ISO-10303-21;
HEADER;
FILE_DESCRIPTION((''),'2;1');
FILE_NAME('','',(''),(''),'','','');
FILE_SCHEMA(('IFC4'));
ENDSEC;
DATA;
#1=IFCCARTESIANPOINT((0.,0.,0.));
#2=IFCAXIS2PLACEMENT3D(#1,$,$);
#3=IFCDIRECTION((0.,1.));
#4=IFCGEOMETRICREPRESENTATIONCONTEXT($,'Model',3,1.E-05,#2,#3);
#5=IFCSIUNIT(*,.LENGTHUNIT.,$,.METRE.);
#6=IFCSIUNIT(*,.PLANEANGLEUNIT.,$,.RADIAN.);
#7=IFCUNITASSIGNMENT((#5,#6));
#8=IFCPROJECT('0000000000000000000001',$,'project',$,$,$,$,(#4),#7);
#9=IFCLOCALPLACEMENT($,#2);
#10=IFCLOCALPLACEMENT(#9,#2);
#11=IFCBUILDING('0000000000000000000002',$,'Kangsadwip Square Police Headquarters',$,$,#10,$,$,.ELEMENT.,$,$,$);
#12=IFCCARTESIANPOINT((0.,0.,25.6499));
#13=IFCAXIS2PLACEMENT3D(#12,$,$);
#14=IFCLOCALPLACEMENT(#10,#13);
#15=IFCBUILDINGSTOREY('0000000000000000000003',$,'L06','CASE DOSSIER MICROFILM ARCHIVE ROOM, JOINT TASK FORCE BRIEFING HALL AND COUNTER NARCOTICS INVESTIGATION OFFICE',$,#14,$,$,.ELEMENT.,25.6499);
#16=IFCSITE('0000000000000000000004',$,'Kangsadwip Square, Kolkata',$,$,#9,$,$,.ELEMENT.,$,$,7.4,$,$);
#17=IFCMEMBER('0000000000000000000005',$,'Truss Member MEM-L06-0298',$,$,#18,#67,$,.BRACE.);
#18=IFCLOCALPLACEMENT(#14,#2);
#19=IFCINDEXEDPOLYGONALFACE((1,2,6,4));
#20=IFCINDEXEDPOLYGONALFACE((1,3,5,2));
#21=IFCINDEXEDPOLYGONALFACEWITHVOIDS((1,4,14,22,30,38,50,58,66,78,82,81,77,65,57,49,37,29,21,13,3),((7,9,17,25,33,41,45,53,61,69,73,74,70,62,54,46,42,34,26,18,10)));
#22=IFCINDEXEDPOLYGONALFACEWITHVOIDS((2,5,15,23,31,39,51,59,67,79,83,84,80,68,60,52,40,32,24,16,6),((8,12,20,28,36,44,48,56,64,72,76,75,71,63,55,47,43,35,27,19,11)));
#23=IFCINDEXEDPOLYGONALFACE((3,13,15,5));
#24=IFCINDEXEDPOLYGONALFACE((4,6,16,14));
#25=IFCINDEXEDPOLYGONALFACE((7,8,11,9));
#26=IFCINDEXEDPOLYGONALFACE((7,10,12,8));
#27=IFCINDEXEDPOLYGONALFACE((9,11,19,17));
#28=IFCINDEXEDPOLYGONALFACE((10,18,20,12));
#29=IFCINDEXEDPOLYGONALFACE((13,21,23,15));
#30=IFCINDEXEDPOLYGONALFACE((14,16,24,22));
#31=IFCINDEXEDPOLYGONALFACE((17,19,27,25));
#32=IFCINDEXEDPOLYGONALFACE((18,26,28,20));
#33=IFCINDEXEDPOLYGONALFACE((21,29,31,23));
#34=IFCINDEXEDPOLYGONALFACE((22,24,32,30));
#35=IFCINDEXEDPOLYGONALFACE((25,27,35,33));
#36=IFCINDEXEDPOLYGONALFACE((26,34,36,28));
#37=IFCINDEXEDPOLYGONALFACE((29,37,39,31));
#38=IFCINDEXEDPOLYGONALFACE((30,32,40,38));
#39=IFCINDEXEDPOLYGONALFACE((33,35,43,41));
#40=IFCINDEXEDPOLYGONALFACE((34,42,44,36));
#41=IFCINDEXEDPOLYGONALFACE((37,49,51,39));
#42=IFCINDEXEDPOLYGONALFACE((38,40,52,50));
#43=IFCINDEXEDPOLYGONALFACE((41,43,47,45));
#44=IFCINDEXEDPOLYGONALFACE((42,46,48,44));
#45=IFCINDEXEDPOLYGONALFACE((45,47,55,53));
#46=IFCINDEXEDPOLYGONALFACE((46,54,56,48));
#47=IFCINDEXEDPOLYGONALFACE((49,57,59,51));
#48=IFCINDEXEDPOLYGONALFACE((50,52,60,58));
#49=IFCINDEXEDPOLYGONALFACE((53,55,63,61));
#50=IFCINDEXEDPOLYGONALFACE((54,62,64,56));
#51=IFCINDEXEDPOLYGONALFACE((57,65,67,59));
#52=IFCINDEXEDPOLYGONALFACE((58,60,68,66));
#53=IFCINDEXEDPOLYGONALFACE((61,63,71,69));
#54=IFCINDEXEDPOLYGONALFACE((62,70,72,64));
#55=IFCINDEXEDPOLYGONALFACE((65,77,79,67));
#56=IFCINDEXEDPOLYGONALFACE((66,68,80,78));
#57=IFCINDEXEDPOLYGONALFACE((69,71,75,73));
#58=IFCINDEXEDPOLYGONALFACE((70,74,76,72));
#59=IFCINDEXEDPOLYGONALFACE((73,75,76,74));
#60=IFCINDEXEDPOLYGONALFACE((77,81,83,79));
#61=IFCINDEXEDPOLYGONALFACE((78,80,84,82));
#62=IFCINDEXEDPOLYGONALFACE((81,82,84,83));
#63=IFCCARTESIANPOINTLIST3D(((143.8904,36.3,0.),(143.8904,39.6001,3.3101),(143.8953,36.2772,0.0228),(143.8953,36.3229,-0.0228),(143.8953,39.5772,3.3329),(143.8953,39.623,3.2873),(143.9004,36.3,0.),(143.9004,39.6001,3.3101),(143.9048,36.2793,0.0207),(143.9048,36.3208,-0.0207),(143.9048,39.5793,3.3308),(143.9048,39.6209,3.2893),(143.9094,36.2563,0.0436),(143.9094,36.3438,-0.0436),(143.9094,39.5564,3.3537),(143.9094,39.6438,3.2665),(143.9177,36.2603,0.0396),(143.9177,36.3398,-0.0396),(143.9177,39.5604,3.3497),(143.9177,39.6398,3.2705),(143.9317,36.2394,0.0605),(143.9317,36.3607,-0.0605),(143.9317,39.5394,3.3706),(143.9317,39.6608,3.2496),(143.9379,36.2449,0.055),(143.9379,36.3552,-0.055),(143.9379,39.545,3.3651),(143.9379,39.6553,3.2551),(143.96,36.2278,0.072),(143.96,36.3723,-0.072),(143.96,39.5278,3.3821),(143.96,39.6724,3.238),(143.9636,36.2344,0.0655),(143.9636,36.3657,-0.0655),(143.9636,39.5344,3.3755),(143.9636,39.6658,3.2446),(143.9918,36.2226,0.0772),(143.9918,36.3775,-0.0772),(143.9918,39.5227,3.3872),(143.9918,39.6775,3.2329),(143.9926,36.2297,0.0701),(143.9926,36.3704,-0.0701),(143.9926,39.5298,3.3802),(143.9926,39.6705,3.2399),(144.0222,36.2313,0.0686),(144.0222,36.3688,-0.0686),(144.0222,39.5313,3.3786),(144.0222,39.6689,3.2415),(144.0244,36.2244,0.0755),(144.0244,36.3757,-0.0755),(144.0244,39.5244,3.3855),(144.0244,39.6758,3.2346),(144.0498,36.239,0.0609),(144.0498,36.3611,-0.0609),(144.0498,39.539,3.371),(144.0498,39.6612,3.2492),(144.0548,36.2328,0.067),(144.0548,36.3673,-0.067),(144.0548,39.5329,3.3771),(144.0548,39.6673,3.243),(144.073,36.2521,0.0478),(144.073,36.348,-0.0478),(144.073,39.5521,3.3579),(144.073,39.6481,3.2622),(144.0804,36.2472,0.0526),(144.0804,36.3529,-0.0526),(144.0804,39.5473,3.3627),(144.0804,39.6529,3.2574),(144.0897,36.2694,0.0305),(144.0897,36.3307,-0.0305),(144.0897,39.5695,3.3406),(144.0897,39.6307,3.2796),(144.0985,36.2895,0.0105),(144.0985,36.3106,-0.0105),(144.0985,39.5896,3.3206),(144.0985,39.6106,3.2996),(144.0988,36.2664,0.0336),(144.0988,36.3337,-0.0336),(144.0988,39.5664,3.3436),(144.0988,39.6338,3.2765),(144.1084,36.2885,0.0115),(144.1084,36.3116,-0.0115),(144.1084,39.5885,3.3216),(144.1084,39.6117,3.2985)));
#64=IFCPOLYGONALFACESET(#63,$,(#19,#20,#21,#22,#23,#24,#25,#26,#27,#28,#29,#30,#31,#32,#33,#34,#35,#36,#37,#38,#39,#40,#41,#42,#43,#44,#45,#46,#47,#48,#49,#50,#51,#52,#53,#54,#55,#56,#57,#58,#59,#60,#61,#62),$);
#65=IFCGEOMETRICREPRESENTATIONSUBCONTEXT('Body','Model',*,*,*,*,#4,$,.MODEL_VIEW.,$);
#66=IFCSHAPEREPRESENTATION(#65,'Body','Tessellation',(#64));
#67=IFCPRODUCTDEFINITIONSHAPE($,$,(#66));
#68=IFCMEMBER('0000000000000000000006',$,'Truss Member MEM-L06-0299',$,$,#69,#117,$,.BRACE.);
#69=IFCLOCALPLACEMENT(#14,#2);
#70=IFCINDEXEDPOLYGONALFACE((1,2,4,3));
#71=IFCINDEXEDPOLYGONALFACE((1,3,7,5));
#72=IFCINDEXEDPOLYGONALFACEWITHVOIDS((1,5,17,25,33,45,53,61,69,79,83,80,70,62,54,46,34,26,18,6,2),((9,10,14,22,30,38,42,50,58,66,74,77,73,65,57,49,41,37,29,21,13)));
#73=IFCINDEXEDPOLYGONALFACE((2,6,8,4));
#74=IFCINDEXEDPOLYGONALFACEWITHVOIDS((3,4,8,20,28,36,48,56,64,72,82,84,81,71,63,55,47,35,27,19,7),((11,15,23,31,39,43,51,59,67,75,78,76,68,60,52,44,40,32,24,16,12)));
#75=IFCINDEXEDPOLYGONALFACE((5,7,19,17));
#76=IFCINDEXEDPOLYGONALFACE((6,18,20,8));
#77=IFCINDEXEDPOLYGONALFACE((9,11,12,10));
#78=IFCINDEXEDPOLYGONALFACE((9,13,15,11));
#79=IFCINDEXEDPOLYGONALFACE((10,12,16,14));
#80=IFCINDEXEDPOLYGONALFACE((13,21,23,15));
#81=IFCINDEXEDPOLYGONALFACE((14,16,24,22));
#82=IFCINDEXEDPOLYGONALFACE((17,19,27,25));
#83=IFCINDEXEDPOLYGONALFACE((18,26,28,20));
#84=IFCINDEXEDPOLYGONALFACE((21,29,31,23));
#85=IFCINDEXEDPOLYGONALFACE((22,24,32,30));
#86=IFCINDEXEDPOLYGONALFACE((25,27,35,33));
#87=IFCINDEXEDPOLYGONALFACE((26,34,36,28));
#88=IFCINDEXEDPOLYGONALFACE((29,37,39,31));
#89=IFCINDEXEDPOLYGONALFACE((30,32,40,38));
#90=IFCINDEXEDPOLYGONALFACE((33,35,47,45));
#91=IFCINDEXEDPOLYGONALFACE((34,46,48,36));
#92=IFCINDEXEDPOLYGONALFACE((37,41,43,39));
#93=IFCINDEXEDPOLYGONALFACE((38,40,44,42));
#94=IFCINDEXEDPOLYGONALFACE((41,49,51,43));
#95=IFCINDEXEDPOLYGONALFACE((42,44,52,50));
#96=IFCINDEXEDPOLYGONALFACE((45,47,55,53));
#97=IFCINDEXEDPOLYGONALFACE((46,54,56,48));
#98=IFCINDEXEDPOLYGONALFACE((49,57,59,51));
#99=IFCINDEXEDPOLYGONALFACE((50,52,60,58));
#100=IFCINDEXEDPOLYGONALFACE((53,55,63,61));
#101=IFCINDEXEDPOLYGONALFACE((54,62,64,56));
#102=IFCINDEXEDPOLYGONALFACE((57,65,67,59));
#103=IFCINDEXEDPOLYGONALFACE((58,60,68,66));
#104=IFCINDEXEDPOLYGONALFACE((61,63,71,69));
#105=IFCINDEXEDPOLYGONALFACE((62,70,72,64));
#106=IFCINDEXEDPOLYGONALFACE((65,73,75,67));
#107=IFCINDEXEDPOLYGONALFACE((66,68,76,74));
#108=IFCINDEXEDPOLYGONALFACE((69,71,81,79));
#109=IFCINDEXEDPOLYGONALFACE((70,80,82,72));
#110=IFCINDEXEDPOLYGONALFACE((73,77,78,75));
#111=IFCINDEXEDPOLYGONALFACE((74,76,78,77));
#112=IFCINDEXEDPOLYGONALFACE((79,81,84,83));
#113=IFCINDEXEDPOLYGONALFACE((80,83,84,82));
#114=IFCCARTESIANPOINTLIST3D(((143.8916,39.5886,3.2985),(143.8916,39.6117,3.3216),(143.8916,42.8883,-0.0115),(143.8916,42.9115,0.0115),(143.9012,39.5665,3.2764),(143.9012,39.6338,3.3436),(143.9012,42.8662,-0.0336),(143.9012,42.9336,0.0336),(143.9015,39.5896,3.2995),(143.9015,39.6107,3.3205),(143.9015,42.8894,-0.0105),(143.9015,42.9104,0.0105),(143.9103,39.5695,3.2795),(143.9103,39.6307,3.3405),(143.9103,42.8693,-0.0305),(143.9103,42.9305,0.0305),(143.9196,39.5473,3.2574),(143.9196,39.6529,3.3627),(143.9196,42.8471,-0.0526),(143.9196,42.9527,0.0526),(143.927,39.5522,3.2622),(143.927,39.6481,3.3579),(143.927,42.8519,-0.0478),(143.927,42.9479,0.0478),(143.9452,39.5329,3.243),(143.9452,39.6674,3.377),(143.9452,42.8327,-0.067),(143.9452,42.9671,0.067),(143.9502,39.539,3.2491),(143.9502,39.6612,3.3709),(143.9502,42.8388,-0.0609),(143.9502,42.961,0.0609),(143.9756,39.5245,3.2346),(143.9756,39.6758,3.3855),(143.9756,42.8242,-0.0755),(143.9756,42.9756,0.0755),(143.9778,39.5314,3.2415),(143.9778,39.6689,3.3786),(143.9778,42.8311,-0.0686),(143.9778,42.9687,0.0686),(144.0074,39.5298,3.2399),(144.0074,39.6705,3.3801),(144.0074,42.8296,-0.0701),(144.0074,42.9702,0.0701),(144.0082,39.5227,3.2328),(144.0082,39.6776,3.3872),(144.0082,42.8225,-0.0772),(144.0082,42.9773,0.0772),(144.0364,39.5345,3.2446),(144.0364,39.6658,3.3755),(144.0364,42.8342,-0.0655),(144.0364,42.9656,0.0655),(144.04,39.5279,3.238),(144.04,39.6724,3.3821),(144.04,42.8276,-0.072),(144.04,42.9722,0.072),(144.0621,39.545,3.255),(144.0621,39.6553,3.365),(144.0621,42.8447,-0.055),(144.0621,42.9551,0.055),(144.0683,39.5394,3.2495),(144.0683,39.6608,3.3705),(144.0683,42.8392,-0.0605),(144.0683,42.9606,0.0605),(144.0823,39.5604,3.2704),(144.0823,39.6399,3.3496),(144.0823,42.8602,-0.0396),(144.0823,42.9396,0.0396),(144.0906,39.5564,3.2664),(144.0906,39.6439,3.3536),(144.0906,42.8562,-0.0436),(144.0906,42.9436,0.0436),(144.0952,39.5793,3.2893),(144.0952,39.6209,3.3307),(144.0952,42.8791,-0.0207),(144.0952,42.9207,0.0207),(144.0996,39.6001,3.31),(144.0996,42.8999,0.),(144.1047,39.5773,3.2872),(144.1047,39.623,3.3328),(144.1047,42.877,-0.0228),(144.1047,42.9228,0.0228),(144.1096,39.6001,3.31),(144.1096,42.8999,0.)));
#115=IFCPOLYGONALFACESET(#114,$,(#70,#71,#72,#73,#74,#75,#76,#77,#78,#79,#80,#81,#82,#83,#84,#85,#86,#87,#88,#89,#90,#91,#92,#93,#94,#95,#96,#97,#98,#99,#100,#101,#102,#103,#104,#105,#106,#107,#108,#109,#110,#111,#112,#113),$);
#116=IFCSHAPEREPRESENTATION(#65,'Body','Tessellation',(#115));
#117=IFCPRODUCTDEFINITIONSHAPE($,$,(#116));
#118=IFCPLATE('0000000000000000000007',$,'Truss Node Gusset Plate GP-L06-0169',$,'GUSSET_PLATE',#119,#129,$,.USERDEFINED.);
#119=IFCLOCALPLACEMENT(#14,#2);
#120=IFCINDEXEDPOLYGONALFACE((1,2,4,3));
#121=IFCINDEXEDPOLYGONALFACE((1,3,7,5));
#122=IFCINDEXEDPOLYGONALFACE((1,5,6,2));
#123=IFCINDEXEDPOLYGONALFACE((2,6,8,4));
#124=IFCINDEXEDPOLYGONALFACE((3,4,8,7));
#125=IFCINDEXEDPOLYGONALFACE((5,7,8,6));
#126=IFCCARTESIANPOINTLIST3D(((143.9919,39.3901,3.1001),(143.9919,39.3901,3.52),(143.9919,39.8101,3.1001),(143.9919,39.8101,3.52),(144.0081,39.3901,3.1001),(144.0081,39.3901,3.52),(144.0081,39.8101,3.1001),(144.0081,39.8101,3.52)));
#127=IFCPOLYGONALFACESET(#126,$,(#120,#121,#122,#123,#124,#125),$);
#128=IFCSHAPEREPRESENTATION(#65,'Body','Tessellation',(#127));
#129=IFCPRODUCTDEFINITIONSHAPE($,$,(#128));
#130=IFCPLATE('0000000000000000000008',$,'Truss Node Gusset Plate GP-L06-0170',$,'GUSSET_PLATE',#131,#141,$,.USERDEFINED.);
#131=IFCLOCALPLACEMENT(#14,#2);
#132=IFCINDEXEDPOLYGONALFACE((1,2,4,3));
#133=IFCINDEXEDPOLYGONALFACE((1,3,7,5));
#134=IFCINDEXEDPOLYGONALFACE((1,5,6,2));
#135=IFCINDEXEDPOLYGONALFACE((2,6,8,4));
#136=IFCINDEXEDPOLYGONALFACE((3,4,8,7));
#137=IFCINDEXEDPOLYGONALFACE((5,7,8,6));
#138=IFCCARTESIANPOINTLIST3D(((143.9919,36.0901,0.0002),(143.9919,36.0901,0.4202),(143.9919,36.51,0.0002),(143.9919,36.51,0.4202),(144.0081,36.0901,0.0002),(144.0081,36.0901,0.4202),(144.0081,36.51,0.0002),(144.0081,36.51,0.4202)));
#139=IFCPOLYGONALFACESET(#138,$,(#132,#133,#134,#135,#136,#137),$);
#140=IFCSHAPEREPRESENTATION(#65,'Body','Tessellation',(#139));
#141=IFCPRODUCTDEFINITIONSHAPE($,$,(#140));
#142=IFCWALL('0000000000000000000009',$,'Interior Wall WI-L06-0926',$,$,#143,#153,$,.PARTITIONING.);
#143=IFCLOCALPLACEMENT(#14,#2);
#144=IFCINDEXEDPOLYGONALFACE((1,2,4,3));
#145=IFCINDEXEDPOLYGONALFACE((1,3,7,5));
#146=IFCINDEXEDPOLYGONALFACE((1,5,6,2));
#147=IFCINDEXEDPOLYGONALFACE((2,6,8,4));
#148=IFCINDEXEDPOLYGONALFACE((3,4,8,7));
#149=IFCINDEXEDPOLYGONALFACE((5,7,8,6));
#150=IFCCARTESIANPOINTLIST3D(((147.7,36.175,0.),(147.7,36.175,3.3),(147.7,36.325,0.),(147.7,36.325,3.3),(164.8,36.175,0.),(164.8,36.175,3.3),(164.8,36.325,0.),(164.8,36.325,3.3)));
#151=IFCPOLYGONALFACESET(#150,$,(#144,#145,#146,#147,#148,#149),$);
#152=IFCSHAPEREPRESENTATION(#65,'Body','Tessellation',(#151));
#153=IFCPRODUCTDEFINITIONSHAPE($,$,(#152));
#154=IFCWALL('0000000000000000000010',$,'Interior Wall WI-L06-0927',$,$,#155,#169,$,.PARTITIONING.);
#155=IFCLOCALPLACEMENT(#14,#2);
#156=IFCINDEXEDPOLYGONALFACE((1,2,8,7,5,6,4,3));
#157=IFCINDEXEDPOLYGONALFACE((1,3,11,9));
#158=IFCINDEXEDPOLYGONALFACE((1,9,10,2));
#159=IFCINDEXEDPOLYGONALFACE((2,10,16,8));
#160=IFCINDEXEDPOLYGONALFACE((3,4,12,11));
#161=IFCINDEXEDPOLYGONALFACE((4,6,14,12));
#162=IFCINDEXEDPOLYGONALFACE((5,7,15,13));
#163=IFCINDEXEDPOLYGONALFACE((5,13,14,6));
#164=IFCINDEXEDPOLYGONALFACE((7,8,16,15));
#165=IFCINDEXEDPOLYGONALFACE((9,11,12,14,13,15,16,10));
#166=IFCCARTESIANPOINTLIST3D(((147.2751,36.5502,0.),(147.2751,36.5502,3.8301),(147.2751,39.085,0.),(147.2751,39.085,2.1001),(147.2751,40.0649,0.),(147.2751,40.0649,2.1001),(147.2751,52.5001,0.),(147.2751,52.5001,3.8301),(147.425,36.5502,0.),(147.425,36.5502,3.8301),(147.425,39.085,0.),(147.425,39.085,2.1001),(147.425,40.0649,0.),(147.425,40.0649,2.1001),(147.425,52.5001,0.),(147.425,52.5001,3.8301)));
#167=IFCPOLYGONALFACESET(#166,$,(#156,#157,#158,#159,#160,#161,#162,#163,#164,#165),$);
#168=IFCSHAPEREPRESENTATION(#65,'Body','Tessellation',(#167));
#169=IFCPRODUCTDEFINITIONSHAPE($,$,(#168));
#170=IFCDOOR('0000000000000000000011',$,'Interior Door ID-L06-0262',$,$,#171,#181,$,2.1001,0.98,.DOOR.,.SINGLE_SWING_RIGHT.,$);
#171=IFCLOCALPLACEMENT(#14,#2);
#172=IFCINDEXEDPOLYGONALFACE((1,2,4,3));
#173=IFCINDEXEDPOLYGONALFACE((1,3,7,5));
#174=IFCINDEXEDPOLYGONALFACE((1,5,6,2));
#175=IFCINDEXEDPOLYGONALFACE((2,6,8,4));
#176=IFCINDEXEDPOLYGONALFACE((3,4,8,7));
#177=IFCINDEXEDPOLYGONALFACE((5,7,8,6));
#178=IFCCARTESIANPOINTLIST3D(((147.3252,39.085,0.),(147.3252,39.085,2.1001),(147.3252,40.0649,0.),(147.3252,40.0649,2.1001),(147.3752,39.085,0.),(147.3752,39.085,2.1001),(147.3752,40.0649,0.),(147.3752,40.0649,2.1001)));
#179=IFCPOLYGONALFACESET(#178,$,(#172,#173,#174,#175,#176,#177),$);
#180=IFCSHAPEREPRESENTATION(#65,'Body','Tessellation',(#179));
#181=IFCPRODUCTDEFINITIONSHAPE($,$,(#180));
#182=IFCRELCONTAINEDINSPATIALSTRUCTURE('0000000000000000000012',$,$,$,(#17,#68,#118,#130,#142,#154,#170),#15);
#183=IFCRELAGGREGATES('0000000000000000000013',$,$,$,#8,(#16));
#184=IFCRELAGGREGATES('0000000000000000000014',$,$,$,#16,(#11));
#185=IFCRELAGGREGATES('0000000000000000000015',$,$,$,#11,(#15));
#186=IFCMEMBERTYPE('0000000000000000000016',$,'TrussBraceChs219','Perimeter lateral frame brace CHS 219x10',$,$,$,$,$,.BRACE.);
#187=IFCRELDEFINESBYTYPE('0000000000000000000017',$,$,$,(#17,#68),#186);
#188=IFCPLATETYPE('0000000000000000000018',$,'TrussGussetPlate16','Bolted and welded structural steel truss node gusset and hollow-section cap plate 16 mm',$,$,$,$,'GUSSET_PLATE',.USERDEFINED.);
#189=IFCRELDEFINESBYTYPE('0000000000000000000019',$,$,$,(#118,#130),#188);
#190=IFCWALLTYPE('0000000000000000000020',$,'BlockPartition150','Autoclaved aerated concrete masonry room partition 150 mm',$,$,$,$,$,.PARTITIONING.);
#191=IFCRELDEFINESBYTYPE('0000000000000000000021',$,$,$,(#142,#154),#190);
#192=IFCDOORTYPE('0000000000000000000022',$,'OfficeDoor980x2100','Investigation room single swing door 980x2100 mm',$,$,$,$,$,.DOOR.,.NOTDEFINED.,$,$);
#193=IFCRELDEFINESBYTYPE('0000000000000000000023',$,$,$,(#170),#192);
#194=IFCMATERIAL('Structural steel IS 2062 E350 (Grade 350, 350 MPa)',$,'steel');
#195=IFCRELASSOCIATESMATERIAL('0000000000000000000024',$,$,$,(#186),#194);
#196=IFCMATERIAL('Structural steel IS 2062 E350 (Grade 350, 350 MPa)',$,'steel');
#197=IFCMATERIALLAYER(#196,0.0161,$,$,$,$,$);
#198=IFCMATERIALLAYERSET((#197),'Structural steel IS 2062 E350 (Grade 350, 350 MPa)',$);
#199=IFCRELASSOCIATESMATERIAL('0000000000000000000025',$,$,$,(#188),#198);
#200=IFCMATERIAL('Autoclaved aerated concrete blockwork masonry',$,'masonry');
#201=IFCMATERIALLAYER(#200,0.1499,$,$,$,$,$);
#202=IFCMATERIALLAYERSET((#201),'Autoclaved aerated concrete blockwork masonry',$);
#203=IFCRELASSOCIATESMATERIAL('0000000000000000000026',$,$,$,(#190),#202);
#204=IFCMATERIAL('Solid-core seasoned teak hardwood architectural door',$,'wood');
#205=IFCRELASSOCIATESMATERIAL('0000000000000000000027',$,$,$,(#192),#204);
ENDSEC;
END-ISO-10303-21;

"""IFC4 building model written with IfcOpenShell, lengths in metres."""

from ifc_helpers import new_model, si_unit, direction, frame, frame_2d, origin, origin_2d, place, context, subcontext, project, spatial, rectangle, hollow_circle, extrude, material, layer, layer_set, material_profile, profile_set, type_object, element, fill, save


model = new_model("IFC4")

# Units and contexts
model_context = context("Model", 3, precision=1e-05, world=origin(), true_north=direction((0.0, 1.0)))
body_context = subcontext(model_context, "Body", "Model", "MODEL_VIEW")
ifc_project = project(units=[si_unit("LENGTHUNIT", "METRE"), si_unit("PLANEANGLEUNIT", "RADIAN")], contexts=[model_context])

# Site, building, storey
site_placement = place(None, origin())
site = spatial("IfcSite", under=ifc_project, at=site_placement, Name="Kangsadwip Square, Kolkata", CompositionType="ELEMENT", RefElevation=7.4)
building_placement = place(site_placement, origin())
building = spatial("IfcBuilding", under=site, at=building_placement, Name="Kangsadwip Square Police Headquarters", CompositionType="ELEMENT")
storey_placement = place(building_placement, frame((0.0, 0.0, 25.6499)))
storey = spatial("IfcBuildingStorey", under=building, at=storey_placement, Name="L06", Description="CASE DOSSIER MICROFILM ARCHIVE ROOM, JOINT TASK FORCE BRIEFING HALL AND COUNTER NARCOTICS INVESTIGATION OFFICE", CompositionType="ELEMENT", Elevation=25.6499)

# Members
ifc_material_1 = material(Name="Structural steel IS 2062 E350 (Grade 350, 350 MPa)", Category="steel")
ifc_material_profile_1 = material_profile(ifc_material_1, hollow_circle(Radius=0.1096, WallThickness=0.01, at=origin_2d()), Name="CHS 219X10")
ifc_profile_set_1 = profile_set([ifc_material_profile_1], Name="Structural steel IS 2062 E350 (Grade 350, 350 MPa)")
member_type = type_object("IfcMemberType", Name="TrussBraceChs219", Description="Perimeter lateral frame brace CHS 219x10", PredefinedType="BRACE", material=ifc_profile_set_1)
member_1_placement = place(storey_placement, frame((144.0, 36.3, 0.0), z_axis=(0.0, 0.706035, 0.708177), x_axis=(-1.0, 0.0, 0.0)))
element("IfcMember", 1, at=member_1_placement, inside=storey, type_object=member_type, Name="Truss Member MEM-L06-0298", PredefinedType="BRACE", context=body_context, shape_type="SweptSolid", body=[
    extrude(hollow_circle(Radius=0.1096, WallThickness=0.01, at=origin_2d()), origin(), (0.0, 0.0, 1.0), 4.6741),
])
member_2_placement = place(storey_placement, frame((144.0, 42.8999, 0.0), z_axis=(0.0, -0.706009, 0.708203), x_axis=(1.0, 0.0, 0.0)))
element("IfcMember", 2, at=member_2_placement, inside=storey, type_object=member_type, Name="Truss Member MEM-L06-0299", PredefinedType="BRACE", context=body_context, shape_type="SweptSolid", body=[
    extrude(hollow_circle(Radius=0.1096, WallThickness=0.01, at=origin_2d()), origin(), (0.0, 0.0, 1.0), 4.6738),
])

# Plates
ifc_material_2 = material(Name="Structural steel IS 2062 E350 (Grade 350, 350 MPa)", Category="steel")
ifc_layer_1 = layer(ifc_material_2, 0.0161)
ifc_layer_set_1 = layer_set([ifc_layer_1], Name="Structural steel IS 2062 E350 (Grade 350, 350 MPa)")
plate_type = type_object("IfcPlateType", Name="TrussGussetPlate16", Description="Bolted and welded structural steel truss node gusset and hollow-section cap plate 16 mm", ElementType="GUSSET_PLATE", PredefinedType="USERDEFINED", material=ifc_layer_set_1)
for number, where, z_axis, x_axis, name in (
    (3, (144.0, 39.6001, 3.1001), (0.0, 0.0, 1.0), (0.0, 1.0, 0.0), "Truss Node Gusset Plate GP-L06-0169"),
    (4, (144.0, 36.3, 0.0002), (0.0, 0.0, 1.0), (0.0, 1.0, 0.0), "Truss Node Gusset Plate GP-L06-0170"),
):
    element("IfcPlate", number, at=place(storey_placement, frame(where, z_axis=z_axis, x_axis=x_axis)), inside=storey, type_object=plate_type, Name=name, ObjectType="GUSSET_PLATE", PredefinedType="USERDEFINED", context=body_context, shape_type="SweptSolid", body=[
        extrude(rectangle(XDim=0.4199, YDim=0.0161, at=origin_2d()), origin(), (0.0, 0.0, 1.0), 0.4199),
    ])

# Wall
ifc_material_3 = material(Name="Autoclaved aerated concrete blockwork masonry", Category="masonry")
ifc_layer_2 = layer(ifc_material_3, 0.1499)
ifc_layer_set_2 = layer_set([ifc_layer_2], Name="Autoclaved aerated concrete blockwork masonry")
wall_type_1 = type_object("IfcWallType", Name="BlockPartition150", Description="Autoclaved aerated concrete masonry room partition 150 mm", PredefinedType="PARTITIONING", material=ifc_layer_set_2)
wall_1_placement = place(storey_placement, frame((147.7, 36.25, 0.0), z_axis=(0.0, 0.0, 1.0), x_axis=(1.0, 0.0, 0.0)))
element("IfcWall", 5, at=wall_1_placement, inside=storey, type_object=wall_type_1, Name="Interior Wall WI-L06-0926", PredefinedType="PARTITIONING", context=body_context, shape_type="SweptSolid", body=[
    extrude(rectangle(XDim=17.1001, YDim=0.1499, at=frame_2d((8.55, 0.0))), origin(), (0.0, 0.0, 1.0), 3.3),
])

# Wall, opening, door
wall_2_placement = place(storey_placement, frame((147.3501, 36.55, 0.0), z_axis=(0.0, 0.0, 1.0), x_axis=(0.0, 1.0, 0.0)))
wall_2 = element("IfcWall", 6, at=wall_2_placement, inside=storey, type_object=wall_type_1, Name="Interior Wall WI-L06-0927", PredefinedType="PARTITIONING", context=body_context, shape_type="SweptSolid", body=[
    extrude(rectangle(XDim=15.95, YDim=0.1499, at=frame_2d((7.9751, 0.0))), origin(), (0.0, 0.0, 1.0), 3.8301),
])
opening_1_placement = place(wall_2_placement, frame((2.5349, 0.0, 0.0)))
opening_1 = element("IfcOpeningElement", 7, at=opening_1_placement, cuts=wall_2, PredefinedType="OPENING", context=body_context, shape_type="SweptSolid", body=[
    extrude(rectangle(XDim=0.98, YDim=2.1001, at=frame_2d((0.49, 1.05))), frame((0.0, 0.085, 0.0), z_axis=(0.0, -1.0, 0.0), x_axis=(1.0, 0.0, 0.0)), (0.0, 0.0, 1.0), 0.1699),
])
ifc_material_4 = material(Name="Solid-core seasoned teak hardwood architectural door", Category="wood")
door_type = type_object("IfcDoorType", Name="OfficeDoor980x2100", Description="Investigation room single swing door 980x2100 mm", OperationType="NOTDEFINED", PredefinedType="DOOR", material=ifc_material_4)
door_placement = place(opening_1_placement, origin())
door = element("IfcDoor", 8, at=door_placement, inside=storey, type_object=door_type, Name="Interior Door ID-L06-0262", OperationType="SINGLE_SWING_RIGHT", OverallHeight=2.1001, OverallWidth=0.98, PredefinedType="DOOR", context=body_context, shape_type="SweptSolid", body=[
    extrude(rectangle(XDim=0.98, YDim=2.1001, at=frame_2d((0.49, 1.05))), frame((0.0, 0.0249, 0.0), z_axis=(0.0, -1.0, 0.0), x_axis=(1.0, 0.0, 0.0)), (0.0, 0.0, 1.0), 0.05),
])
fill(opening_1, door)

save(model, "model.ifc")
